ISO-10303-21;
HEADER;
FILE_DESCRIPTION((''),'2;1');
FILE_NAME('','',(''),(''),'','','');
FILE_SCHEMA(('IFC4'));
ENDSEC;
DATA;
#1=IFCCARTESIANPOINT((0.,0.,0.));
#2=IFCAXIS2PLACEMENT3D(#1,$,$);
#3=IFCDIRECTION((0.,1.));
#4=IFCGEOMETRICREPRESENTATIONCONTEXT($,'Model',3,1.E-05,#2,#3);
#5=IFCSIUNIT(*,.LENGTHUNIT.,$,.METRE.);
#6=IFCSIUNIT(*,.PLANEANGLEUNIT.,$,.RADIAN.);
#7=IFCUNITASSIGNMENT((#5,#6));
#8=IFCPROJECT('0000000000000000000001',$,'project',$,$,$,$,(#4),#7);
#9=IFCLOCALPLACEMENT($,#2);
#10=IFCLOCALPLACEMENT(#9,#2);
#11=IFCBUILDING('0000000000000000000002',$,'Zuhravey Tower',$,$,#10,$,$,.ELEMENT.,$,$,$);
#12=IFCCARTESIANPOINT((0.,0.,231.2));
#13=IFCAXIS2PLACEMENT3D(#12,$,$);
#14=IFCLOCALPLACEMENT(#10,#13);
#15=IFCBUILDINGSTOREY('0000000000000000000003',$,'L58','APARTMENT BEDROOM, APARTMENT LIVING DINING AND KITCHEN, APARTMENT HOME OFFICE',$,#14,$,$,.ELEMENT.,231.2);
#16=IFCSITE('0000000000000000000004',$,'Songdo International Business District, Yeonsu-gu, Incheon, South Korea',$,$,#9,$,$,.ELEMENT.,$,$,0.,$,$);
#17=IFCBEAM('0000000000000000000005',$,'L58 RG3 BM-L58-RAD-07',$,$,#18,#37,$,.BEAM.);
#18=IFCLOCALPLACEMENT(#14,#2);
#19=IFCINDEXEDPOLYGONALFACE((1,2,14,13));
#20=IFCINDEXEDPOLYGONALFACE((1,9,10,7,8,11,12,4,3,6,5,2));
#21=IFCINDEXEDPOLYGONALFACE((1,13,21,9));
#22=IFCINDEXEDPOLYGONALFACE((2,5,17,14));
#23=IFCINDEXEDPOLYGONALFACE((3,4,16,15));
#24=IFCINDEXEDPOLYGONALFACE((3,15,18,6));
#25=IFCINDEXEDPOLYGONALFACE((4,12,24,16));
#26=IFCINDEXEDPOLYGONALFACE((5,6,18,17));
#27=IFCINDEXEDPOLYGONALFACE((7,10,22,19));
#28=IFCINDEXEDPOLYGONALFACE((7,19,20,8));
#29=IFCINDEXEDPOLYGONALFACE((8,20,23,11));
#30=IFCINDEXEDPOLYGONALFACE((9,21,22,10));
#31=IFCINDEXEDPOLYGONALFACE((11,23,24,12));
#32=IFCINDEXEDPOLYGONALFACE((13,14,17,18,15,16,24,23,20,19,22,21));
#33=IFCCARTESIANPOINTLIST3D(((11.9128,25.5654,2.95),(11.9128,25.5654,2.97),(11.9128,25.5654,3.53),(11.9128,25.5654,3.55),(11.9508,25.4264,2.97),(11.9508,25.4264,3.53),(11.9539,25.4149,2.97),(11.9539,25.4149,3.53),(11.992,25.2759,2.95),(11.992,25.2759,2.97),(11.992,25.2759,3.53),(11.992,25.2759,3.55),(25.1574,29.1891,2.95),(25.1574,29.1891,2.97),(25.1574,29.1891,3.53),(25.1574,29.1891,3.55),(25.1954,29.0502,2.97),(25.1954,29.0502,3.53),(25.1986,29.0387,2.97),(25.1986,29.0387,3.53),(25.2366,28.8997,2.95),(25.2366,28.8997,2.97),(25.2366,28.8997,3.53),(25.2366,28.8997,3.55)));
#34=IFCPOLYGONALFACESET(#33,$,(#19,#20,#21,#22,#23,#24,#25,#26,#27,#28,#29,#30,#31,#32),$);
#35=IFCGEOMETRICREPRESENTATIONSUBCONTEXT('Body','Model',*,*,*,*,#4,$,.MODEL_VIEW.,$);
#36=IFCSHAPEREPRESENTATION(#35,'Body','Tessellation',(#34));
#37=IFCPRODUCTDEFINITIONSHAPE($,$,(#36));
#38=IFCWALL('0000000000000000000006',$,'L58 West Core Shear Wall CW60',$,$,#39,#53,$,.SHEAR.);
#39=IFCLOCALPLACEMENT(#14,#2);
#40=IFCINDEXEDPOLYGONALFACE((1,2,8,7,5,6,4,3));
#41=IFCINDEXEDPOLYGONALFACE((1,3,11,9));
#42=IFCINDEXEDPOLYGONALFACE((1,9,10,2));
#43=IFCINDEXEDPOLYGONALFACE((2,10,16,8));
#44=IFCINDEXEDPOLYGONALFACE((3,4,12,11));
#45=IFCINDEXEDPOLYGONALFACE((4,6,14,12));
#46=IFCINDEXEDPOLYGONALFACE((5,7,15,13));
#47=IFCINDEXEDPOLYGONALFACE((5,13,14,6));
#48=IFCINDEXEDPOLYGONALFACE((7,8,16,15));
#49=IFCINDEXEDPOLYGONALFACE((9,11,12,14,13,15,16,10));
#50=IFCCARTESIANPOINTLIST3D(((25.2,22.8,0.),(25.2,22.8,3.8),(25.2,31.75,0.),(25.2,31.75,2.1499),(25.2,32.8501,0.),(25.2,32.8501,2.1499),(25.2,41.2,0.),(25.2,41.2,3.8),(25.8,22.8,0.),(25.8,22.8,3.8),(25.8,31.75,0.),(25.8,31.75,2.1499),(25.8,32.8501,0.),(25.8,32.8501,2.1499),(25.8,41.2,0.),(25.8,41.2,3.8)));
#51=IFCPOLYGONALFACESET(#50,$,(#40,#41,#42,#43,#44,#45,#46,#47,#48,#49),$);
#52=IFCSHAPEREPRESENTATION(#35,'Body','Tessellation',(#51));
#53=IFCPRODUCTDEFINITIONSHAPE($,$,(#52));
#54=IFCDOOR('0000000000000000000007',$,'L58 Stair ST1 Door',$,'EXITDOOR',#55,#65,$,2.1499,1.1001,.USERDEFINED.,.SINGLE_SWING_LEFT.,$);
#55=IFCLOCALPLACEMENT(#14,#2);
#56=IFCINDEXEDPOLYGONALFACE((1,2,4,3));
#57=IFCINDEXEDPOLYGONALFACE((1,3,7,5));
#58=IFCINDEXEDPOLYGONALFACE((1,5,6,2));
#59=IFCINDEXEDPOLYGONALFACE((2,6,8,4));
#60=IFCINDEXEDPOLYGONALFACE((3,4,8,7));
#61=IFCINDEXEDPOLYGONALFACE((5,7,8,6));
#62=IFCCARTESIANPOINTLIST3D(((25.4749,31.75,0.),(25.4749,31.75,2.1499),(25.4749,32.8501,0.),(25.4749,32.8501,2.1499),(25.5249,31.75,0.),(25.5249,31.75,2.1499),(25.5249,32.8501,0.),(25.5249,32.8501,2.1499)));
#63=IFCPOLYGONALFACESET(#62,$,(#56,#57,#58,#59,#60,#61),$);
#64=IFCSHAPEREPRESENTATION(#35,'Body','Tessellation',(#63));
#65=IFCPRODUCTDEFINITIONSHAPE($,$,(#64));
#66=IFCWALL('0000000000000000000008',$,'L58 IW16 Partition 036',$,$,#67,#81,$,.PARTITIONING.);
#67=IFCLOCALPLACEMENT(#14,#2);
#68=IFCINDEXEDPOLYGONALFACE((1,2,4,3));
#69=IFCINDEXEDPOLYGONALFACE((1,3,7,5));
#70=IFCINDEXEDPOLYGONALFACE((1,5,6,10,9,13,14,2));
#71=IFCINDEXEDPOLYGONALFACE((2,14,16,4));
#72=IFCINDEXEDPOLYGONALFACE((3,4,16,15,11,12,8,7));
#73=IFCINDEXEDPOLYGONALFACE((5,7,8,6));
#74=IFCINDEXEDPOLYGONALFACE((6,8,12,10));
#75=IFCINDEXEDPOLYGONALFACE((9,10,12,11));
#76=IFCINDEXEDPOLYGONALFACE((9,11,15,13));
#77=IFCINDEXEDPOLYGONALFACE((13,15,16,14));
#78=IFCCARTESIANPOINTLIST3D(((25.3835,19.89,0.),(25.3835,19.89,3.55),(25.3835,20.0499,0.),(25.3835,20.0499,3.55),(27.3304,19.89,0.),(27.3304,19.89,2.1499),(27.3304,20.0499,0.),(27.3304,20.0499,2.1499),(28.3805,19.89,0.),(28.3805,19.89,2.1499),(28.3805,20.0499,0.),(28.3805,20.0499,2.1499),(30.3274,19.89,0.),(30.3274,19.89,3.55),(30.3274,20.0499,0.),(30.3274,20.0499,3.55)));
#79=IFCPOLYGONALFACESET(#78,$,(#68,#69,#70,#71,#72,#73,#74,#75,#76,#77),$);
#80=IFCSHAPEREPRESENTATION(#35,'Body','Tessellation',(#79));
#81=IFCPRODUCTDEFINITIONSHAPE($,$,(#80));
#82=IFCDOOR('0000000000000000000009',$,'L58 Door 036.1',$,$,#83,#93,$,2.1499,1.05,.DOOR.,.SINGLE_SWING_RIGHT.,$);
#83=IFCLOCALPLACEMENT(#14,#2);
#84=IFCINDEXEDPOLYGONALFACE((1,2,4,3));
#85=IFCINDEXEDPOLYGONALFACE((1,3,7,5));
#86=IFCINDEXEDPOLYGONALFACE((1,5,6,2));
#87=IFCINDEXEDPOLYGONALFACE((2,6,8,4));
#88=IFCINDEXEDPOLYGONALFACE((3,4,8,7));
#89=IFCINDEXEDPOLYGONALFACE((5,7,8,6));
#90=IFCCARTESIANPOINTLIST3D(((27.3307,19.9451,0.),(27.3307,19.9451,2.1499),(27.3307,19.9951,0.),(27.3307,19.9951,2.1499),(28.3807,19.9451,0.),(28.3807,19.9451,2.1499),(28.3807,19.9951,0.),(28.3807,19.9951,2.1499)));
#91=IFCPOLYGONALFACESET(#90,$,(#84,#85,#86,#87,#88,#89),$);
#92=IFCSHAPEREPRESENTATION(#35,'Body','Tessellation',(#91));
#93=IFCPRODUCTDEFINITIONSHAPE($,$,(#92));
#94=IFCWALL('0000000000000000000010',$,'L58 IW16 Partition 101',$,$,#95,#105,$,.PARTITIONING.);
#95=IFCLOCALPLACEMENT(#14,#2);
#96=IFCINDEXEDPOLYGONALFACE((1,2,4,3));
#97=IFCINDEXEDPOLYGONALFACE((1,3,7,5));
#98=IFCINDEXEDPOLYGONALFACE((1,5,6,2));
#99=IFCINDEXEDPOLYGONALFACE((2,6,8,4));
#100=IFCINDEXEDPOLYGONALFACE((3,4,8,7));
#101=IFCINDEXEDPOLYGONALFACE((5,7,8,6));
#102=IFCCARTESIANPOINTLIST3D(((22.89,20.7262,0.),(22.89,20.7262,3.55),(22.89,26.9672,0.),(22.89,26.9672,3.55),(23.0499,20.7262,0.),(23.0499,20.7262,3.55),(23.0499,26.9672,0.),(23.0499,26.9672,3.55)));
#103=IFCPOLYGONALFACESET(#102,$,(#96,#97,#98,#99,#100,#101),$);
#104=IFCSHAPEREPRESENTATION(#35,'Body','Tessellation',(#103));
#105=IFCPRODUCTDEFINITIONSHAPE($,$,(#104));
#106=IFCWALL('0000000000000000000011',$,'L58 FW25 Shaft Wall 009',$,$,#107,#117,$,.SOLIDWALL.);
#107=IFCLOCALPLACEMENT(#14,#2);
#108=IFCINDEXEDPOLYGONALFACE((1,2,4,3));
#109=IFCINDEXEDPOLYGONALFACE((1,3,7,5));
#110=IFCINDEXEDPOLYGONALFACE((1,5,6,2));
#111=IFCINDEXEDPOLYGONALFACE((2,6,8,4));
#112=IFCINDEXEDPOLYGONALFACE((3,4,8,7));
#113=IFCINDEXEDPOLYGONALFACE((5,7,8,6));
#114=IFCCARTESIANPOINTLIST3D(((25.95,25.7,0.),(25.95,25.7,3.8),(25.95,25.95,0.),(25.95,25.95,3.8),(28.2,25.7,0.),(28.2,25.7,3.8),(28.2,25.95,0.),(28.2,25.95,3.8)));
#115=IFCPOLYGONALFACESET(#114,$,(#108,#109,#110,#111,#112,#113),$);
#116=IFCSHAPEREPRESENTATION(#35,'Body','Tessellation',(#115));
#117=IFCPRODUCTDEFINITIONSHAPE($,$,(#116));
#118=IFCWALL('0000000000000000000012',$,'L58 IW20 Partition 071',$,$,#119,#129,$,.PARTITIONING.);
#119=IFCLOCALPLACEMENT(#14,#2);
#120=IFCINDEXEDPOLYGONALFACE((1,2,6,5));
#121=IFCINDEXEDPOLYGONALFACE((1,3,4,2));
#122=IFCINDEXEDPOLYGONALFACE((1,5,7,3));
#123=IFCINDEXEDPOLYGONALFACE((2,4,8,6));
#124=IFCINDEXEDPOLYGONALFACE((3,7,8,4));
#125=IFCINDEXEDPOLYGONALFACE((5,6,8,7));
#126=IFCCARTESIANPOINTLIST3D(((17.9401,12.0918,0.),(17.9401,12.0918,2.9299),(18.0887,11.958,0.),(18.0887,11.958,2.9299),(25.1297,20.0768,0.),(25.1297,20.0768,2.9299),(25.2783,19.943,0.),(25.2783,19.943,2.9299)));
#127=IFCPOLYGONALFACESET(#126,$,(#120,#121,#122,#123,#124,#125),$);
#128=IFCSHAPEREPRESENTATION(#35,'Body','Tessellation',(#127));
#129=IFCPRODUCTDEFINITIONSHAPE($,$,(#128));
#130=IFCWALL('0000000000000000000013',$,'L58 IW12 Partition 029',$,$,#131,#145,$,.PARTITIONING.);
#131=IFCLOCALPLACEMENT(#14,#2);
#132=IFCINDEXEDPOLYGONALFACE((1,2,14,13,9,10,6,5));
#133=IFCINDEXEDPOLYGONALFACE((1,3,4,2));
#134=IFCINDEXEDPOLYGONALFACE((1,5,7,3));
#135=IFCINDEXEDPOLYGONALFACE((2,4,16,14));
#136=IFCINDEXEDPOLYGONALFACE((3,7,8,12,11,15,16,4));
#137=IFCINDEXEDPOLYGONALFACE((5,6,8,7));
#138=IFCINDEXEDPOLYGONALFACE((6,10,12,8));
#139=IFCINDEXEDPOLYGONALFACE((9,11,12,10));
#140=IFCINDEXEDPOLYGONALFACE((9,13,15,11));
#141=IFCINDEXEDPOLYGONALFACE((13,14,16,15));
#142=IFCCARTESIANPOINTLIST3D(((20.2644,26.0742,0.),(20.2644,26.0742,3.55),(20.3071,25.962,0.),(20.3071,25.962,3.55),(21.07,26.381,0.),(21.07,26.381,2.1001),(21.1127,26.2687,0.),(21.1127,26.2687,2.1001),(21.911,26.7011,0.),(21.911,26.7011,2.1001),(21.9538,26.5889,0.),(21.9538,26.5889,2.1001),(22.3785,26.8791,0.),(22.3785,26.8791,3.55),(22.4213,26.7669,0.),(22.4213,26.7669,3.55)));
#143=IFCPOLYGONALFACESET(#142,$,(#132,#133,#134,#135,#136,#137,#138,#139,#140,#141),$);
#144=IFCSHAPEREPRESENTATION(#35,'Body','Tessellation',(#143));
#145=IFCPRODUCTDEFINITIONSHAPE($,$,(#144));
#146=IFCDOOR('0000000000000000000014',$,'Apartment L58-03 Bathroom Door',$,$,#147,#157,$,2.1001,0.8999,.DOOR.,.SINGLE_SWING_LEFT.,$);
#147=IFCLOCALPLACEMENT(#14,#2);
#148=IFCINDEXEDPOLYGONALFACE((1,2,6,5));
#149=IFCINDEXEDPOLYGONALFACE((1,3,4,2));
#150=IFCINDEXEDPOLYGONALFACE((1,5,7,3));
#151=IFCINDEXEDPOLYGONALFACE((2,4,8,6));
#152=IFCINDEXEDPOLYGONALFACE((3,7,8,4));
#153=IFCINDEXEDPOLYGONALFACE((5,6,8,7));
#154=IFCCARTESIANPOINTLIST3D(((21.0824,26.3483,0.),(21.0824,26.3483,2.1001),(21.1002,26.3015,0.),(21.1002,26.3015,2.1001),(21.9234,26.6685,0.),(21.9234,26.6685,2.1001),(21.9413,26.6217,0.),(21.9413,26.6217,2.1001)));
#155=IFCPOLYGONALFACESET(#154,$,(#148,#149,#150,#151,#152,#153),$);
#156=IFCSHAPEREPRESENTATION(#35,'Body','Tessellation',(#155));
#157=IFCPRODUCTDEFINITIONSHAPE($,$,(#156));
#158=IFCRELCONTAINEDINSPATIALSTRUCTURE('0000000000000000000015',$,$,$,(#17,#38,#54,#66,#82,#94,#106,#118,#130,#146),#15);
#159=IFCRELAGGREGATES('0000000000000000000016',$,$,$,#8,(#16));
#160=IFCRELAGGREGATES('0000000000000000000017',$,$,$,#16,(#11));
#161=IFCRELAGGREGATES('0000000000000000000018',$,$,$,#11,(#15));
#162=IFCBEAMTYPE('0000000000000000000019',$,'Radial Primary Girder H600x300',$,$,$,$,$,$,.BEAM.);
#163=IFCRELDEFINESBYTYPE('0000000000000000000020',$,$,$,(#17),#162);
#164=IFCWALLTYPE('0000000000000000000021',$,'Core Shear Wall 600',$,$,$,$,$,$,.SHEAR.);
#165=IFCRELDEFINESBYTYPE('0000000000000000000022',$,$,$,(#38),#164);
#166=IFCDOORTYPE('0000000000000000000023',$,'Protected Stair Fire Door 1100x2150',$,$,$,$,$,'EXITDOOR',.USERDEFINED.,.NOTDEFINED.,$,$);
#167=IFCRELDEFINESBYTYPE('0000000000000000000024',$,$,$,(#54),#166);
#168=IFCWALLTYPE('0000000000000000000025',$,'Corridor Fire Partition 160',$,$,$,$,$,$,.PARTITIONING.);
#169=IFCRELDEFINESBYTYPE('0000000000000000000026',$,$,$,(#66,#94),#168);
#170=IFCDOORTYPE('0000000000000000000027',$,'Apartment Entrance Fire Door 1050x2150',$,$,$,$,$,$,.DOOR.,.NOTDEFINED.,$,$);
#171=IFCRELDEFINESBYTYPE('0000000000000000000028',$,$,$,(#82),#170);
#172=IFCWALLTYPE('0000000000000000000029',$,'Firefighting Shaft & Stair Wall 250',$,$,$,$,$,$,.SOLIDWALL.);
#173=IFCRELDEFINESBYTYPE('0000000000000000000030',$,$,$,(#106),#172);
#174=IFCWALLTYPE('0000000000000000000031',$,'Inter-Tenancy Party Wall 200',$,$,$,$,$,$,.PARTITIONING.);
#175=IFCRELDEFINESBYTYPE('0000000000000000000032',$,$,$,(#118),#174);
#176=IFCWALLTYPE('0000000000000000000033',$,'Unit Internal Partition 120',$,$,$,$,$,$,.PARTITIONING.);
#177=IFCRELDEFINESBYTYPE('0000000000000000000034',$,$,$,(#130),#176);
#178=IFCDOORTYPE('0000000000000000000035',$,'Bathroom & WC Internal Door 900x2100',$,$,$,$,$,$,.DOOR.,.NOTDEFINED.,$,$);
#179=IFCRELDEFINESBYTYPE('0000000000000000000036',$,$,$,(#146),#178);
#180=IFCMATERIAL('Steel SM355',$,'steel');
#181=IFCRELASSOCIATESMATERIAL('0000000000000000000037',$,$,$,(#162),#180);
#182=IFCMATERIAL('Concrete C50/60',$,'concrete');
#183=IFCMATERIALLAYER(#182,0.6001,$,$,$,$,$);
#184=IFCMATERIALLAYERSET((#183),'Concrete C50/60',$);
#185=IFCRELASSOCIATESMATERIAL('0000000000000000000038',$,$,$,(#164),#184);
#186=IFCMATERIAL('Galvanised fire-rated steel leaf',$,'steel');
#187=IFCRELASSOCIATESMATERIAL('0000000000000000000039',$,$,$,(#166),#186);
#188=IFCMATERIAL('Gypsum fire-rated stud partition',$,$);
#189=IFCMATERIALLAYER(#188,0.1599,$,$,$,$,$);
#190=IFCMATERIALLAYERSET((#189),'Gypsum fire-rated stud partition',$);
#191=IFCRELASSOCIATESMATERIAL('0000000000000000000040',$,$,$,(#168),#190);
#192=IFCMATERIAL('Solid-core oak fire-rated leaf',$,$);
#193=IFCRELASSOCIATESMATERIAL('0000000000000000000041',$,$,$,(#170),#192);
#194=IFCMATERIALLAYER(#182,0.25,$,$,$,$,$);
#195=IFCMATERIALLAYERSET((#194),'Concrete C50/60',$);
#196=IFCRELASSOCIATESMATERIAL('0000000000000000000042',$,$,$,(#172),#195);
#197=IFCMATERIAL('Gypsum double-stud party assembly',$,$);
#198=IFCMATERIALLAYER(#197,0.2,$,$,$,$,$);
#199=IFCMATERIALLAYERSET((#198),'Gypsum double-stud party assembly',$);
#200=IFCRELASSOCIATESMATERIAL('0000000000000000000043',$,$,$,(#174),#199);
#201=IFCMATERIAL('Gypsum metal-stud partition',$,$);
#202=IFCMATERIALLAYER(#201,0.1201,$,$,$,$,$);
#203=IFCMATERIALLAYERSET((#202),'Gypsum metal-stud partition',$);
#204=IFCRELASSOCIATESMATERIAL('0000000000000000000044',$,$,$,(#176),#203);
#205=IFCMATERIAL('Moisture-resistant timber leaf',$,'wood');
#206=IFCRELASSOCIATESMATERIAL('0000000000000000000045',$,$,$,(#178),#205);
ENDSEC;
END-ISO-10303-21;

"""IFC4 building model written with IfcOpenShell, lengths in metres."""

from ifc_helpers import new_model, si_unit, direction, frame, frame_2d, origin, origin_2d, place, context, subcontext, project, spatial, rectangle, i_section, extrude, material, layer, layer_set, material_profile, profile_set, type_object, element, fill, save


model = new_model("IFC4")

# Units and contexts
model_context = context("Model", 3, precision=1e-05, world=origin(), true_north=direction((0.0, 1.0)))
body_context = subcontext(model_context, "Body", "Model", "MODEL_VIEW")
ifc_project = project(units=[si_unit("LENGTHUNIT", "METRE"), si_unit("PLANEANGLEUNIT", "RADIAN")], contexts=[model_context])

# Site, building, storey
site_placement = place(None, origin())
site = spatial("IfcSite", under=ifc_project, at=site_placement, Name="Songdo International Business District, Yeonsu-gu, Incheon, South Korea", CompositionType="ELEMENT", RefElevation=0.0)
building_placement = place(site_placement, origin())
building = spatial("IfcBuilding", under=site, at=building_placement, Name="Zuhravey Tower", CompositionType="ELEMENT")
storey_placement = place(building_placement, frame((0.0, 0.0, 231.2)))
storey = spatial("IfcBuildingStorey", under=building, at=storey_placement, Name="L58", Description="APARTMENT BEDROOM, APARTMENT LIVING DINING AND KITCHEN, APARTMENT HOME OFFICE", CompositionType="ELEMENT", Elevation=231.2)

# Beam
ifc_material_1 = material(Name="Steel SM355", Category="steel")
ifc_material_profile = material_profile(ifc_material_1, i_section(OverallWidth=0.3, OverallDepth=0.6001, WebThickness=0.012, FlangeThickness=0.02, at=origin_2d()), Name="H-600x300x12x20")
ifc_profile_set = profile_set([ifc_material_profile], Name="Steel SM355")
beam_type = type_object("IfcBeamType", Name="Radial Primary Girder H600x300", PredefinedType="BEAM", material=ifc_profile_set)
beam_placement = place(storey_placement, frame((25.197, 29.0444, 3.25), z_axis=(-0.964549, -0.263904, 0.0), x_axis=(0.263904, -0.964549, 0.0)))
element("IfcBeam", 1, at=beam_placement, inside=storey, type_object=beam_type, Name="L58 RG3 BM-L58-RAD-07", PredefinedType="BEAM", context=body_context, shape_type="SweptSolid", body=[
    extrude(i_section(OverallWidth=0.3, OverallDepth=0.6001, WebThickness=0.012, FlangeThickness=0.02, at=origin_2d()), origin(), (0.0, 0.0, 1.0), 13.7314),
])

# Walls, openings, doors
ifc_material_2 = material(Name="Concrete C50/60", Category="concrete")
ifc_layer_1 = layer(ifc_material_2, 0.6001)
ifc_layer_set_1 = layer_set([ifc_layer_1], Name="Concrete C50/60")
wall_type_1 = type_object("IfcWallType", Name="Core Shear Wall 600", PredefinedType="SHEAR", material=ifc_layer_set_1)
ifc_material_3 = material(Name="Galvanised fire-rated steel leaf", Category="steel")
wall_1_placement = place(storey_placement, frame((25.5, 22.8, 0.0), z_axis=(0.0, 0.0, 1.0), x_axis=(0.0, 1.0, 0.0)))
wall_1 = element("IfcWall", 2, at=wall_1_placement, inside=storey, type_object=wall_type_1, Name="L58 West Core Shear Wall CW60", PredefinedType="SHEAR", context=body_context, shape_type="SweptSolid", body=[
    extrude(rectangle(XDim=18.3999, YDim=0.6001, at=frame_2d((9.2, 0.0))), origin(), (0.0, 0.0, 1.0), 3.8),
])
opening_1_placement = place(wall_1_placement, frame((8.95, 0.0, 0.0)))
opening_1 = element("IfcOpeningElement", 3, at=opening_1_placement, cuts=wall_1, PredefinedType="OPENING", context=body_context, shape_type="SweptSolid", body=[
    extrude(rectangle(XDim=1.1001, YDim=2.1499, at=frame_2d((0.55, 1.075))), frame((0.0, 0.312, 0.0), z_axis=(0.0, -1.0, 0.0), x_axis=(1.0, 0.0, 0.0)), (0.0, 0.0, 1.0), 0.624),
])
door_type_1 = type_object("IfcDoorType", Name="Protected Stair Fire Door 1100x2150", ElementType="EXITDOOR", OperationType="NOTDEFINED", PredefinedType="USERDEFINED", material=ifc_material_3)
door_1_placement = place(opening_1_placement, frame((1.1001, 0.0, 0.0), z_axis=(0.0, 0.0, 1.0), x_axis=(-1.0, 0.0, 0.0)))
door_1 = element("IfcDoor", 4, at=door_1_placement, inside=storey, type_object=door_type_1, Name="L58 Stair ST1 Door", ObjectType="EXITDOOR", OperationType="SINGLE_SWING_LEFT", OverallHeight=2.1499, OverallWidth=1.1001, PredefinedType="USERDEFINED", context=body_context, shape_type="SweptSolid", body=[
    extrude(rectangle(XDim=1.1001, YDim=2.1499, at=frame_2d((0.55, 1.075))), frame((0.0, 0.0249, 0.0), z_axis=(0.0, -1.0, 0.0), x_axis=(1.0, 0.0, 0.0)), (0.0, 0.0, 1.0), 0.05),
])
fill(opening_1, door_1)
ifc_material_4 = material(Name="Gypsum fire-rated stud partition")
ifc_layer_2 = layer(ifc_material_4, 0.1599)
ifc_layer_set_2 = layer_set([ifc_layer_2], Name="Gypsum fire-rated stud partition")
wall_type_2 = type_object("IfcWallType", Name="Corridor Fire Partition 160", PredefinedType="PARTITIONING", material=ifc_layer_set_2)
wall_2_placement = place(storey_placement, frame((25.3835, 19.97, 0.0), z_axis=(0.0, 0.0, 1.0), x_axis=(1.0, 0.0, 0.0)))
wall_2 = element("IfcWall", 5, at=wall_2_placement, inside=storey, type_object=wall_type_2, Name="L58 IW16 Partition 036", PredefinedType="PARTITIONING", context=body_context, shape_type="SweptSolid", body=[
    extrude(rectangle(XDim=4.9438, YDim=0.1599, at=frame_2d((2.4719, 0.0))), origin(), (0.0, 0.0, 1.0), 3.55),
])
opening_2_placement = place(wall_2_placement, frame((1.947, 0.0, 0.0)))
opening_2 = element("IfcOpeningElement", 6, at=opening_2_placement, cuts=wall_2, PredefinedType="OPENING", context=body_context, shape_type="SweptSolid", body=[
    extrude(rectangle(XDim=1.05, YDim=2.1499, at=frame_2d((0.5249, 1.075))), frame((0.0, 0.092, 0.0), z_axis=(0.0, -1.0, 0.0), x_axis=(1.0, 0.0, 0.0)), (0.0, 0.0, 1.0), 0.1838),
])
ifc_material_5 = material(Name="Solid-core oak fire-rated leaf")
door_type_2 = type_object("IfcDoorType", Name="Apartment Entrance Fire Door 1050x2150", OperationType="NOTDEFINED", PredefinedType="DOOR", material=ifc_material_5)
door_2_placement = place(opening_2_placement, frame((1.05, 0.0, 0.0), z_axis=(0.0, 0.0, 1.0), x_axis=(-1.0, 0.0, 0.0)))
door_2 = element("IfcDoor", 7, at=door_2_placement, inside=storey, type_object=door_type_2, Name="L58 Door 036.1", OperationType="SINGLE_SWING_RIGHT", OverallHeight=2.1499, OverallWidth=1.05, PredefinedType="DOOR", context=body_context, shape_type="SweptSolid", body=[
    extrude(rectangle(XDim=1.05, YDim=2.1499, at=frame_2d((0.5249, 1.075))), frame((0.0, 0.0249, 0.0), z_axis=(0.0, -1.0, 0.0), x_axis=(1.0, 0.0, 0.0)), (0.0, 0.0, 1.0), 0.05),
])
fill(opening_2, door_2)

# Walls
wall_3_placement = place(storey_placement, frame((22.97, 26.9673, 0.0), z_axis=(0.0, 0.0, 1.0), x_axis=(0.0, -1.0, 0.0)))
element("IfcWall", 8, at=wall_3_placement, inside=storey, type_object=wall_type_2, Name="L58 IW16 Partition 101", PredefinedType="PARTITIONING", context=body_context, shape_type="SweptSolid", body=[
    extrude(rectangle(XDim=6.241, YDim=0.1599, at=frame_2d((3.1206, 0.0))), origin(), (0.0, 0.0, 1.0), 3.55),
])
ifc_layer_3 = layer(ifc_material_2, 0.25)
ifc_layer_set_3 = layer_set([ifc_layer_3], Name="Concrete C50/60")
wall_type_3 = type_object("IfcWallType", Name="Firefighting Shaft & Stair Wall 250", PredefinedType="SOLIDWALL", material=ifc_layer_set_3)
wall_4_placement = place(storey_placement, frame((25.95, 25.825, 0.0), z_axis=(0.0, 0.0, 1.0), x_axis=(1.0, 0.0, 0.0)))
element("IfcWall", 9, at=wall_4_placement, inside=storey, type_object=wall_type_3, Name="L58 FW25 Shaft Wall 009", PredefinedType="SOLIDWALL", context=body_context, shape_type="SweptSolid", body=[
    extrude(rectangle(XDim=2.25, YDim=0.25, at=frame_2d((1.125, 0.0))), origin(), (0.0, 0.0, 1.0), 3.8),
])
ifc_material_6 = material(Name="Gypsum double-stud party assembly")
ifc_layer_4 = layer(ifc_material_6, 0.2)
ifc_layer_set_4 = layer_set([ifc_layer_4], Name="Gypsum double-stud party assembly")
wall_type_4 = type_object("IfcWallType", Name="Inter-Tenancy Party Wall 200", PredefinedType="PARTITIONING", material=ifc_layer_set_4)
wall_5_placement = place(storey_placement, frame((25.2041, 20.01, 0.0), z_axis=(0.0, 0.0, 1.0), x_axis=(-0.669124, -0.743151, 0.0)))
element("IfcWall", 10, at=wall_5_placement, inside=storey, type_object=wall_type_4, Name="L58 IW20 Partition 071", PredefinedType="PARTITIONING", context=body_context, shape_type="SweptSolid", body=[
    extrude(rectangle(XDim=10.7449, YDim=0.2, at=frame_2d((5.3726, 0.0))), origin(), (0.0, 0.0, 1.0), 2.9299),
])

# Wall, opening, door
ifc_material_7 = material(Name="Gypsum metal-stud partition")
ifc_layer_5 = layer(ifc_material_7, 0.1201)
ifc_layer_set_5 = layer_set([ifc_layer_5], Name="Gypsum metal-stud partition")
wall_type_5 = type_object("IfcWallType", Name="Unit Internal Partition 120", PredefinedType="PARTITIONING", material=ifc_layer_set_5)
wall_6_placement = place(storey_placement, frame((22.3999, 26.823, 0.0), z_axis=(0.0, 0.0, 1.0), x_axis=(-0.934561, -0.355802, 0.0)))
wall_6 = element("IfcWall", 11, at=wall_6_placement, inside=storey, type_object=wall_type_5, Name="L58 IW12 Partition 029", PredefinedType="PARTITIONING", context=body_context, shape_type="SweptSolid", body=[
    extrude(rectangle(XDim=2.2622, YDim=0.1201, at=frame_2d((1.1311, 0.0))), origin(), (0.0, 0.0, 1.0), 3.55),
])
opening_3_placement = place(wall_6_placement, frame((0.5002, 0.0, 0.0)))
opening_3 = element("IfcOpeningElement", 12, at=opening_3_placement, cuts=wall_6, PredefinedType="OPENING", context=body_context, shape_type="SweptSolid", body=[
    extrude(rectangle(XDim=0.8999, YDim=2.1001, at=frame_2d((0.45, 1.05))), frame((0.0, 0.072, 0.0), z_axis=(0.0, -1.0, 0.0), x_axis=(1.0, 0.0, 0.0)), (0.0, 0.0, 1.0), 0.144),
])
ifc_material_8 = material(Name="Moisture-resistant timber leaf", Category="wood")
door_type_3 = type_object("IfcDoorType", Name="Bathroom & WC Internal Door 900x2100", OperationType="NOTDEFINED", PredefinedType="DOOR", material=ifc_material_8)
door_3_placement = place(opening_3_placement, origin())
door_3 = element("IfcDoor", 13, at=door_3_placement, inside=storey, type_object=door_type_3, Name="Apartment L58-03 Bathroom Door", OperationType="SINGLE_SWING_LEFT", OverallHeight=2.1001, OverallWidth=0.8999, PredefinedType="DOOR", context=body_context, shape_type="SweptSolid", body=[
    extrude(rectangle(XDim=0.8999, YDim=2.1001, at=frame_2d((0.45, 1.05))), frame((0.0, 0.0249, 0.0), z_axis=(0.0, -1.0, 0.0), x_axis=(1.0, 0.0, 0.0)), (0.0, 0.0, 1.0), 0.05),
])
fill(opening_3, door_3)

save(model, "model.ifc")
